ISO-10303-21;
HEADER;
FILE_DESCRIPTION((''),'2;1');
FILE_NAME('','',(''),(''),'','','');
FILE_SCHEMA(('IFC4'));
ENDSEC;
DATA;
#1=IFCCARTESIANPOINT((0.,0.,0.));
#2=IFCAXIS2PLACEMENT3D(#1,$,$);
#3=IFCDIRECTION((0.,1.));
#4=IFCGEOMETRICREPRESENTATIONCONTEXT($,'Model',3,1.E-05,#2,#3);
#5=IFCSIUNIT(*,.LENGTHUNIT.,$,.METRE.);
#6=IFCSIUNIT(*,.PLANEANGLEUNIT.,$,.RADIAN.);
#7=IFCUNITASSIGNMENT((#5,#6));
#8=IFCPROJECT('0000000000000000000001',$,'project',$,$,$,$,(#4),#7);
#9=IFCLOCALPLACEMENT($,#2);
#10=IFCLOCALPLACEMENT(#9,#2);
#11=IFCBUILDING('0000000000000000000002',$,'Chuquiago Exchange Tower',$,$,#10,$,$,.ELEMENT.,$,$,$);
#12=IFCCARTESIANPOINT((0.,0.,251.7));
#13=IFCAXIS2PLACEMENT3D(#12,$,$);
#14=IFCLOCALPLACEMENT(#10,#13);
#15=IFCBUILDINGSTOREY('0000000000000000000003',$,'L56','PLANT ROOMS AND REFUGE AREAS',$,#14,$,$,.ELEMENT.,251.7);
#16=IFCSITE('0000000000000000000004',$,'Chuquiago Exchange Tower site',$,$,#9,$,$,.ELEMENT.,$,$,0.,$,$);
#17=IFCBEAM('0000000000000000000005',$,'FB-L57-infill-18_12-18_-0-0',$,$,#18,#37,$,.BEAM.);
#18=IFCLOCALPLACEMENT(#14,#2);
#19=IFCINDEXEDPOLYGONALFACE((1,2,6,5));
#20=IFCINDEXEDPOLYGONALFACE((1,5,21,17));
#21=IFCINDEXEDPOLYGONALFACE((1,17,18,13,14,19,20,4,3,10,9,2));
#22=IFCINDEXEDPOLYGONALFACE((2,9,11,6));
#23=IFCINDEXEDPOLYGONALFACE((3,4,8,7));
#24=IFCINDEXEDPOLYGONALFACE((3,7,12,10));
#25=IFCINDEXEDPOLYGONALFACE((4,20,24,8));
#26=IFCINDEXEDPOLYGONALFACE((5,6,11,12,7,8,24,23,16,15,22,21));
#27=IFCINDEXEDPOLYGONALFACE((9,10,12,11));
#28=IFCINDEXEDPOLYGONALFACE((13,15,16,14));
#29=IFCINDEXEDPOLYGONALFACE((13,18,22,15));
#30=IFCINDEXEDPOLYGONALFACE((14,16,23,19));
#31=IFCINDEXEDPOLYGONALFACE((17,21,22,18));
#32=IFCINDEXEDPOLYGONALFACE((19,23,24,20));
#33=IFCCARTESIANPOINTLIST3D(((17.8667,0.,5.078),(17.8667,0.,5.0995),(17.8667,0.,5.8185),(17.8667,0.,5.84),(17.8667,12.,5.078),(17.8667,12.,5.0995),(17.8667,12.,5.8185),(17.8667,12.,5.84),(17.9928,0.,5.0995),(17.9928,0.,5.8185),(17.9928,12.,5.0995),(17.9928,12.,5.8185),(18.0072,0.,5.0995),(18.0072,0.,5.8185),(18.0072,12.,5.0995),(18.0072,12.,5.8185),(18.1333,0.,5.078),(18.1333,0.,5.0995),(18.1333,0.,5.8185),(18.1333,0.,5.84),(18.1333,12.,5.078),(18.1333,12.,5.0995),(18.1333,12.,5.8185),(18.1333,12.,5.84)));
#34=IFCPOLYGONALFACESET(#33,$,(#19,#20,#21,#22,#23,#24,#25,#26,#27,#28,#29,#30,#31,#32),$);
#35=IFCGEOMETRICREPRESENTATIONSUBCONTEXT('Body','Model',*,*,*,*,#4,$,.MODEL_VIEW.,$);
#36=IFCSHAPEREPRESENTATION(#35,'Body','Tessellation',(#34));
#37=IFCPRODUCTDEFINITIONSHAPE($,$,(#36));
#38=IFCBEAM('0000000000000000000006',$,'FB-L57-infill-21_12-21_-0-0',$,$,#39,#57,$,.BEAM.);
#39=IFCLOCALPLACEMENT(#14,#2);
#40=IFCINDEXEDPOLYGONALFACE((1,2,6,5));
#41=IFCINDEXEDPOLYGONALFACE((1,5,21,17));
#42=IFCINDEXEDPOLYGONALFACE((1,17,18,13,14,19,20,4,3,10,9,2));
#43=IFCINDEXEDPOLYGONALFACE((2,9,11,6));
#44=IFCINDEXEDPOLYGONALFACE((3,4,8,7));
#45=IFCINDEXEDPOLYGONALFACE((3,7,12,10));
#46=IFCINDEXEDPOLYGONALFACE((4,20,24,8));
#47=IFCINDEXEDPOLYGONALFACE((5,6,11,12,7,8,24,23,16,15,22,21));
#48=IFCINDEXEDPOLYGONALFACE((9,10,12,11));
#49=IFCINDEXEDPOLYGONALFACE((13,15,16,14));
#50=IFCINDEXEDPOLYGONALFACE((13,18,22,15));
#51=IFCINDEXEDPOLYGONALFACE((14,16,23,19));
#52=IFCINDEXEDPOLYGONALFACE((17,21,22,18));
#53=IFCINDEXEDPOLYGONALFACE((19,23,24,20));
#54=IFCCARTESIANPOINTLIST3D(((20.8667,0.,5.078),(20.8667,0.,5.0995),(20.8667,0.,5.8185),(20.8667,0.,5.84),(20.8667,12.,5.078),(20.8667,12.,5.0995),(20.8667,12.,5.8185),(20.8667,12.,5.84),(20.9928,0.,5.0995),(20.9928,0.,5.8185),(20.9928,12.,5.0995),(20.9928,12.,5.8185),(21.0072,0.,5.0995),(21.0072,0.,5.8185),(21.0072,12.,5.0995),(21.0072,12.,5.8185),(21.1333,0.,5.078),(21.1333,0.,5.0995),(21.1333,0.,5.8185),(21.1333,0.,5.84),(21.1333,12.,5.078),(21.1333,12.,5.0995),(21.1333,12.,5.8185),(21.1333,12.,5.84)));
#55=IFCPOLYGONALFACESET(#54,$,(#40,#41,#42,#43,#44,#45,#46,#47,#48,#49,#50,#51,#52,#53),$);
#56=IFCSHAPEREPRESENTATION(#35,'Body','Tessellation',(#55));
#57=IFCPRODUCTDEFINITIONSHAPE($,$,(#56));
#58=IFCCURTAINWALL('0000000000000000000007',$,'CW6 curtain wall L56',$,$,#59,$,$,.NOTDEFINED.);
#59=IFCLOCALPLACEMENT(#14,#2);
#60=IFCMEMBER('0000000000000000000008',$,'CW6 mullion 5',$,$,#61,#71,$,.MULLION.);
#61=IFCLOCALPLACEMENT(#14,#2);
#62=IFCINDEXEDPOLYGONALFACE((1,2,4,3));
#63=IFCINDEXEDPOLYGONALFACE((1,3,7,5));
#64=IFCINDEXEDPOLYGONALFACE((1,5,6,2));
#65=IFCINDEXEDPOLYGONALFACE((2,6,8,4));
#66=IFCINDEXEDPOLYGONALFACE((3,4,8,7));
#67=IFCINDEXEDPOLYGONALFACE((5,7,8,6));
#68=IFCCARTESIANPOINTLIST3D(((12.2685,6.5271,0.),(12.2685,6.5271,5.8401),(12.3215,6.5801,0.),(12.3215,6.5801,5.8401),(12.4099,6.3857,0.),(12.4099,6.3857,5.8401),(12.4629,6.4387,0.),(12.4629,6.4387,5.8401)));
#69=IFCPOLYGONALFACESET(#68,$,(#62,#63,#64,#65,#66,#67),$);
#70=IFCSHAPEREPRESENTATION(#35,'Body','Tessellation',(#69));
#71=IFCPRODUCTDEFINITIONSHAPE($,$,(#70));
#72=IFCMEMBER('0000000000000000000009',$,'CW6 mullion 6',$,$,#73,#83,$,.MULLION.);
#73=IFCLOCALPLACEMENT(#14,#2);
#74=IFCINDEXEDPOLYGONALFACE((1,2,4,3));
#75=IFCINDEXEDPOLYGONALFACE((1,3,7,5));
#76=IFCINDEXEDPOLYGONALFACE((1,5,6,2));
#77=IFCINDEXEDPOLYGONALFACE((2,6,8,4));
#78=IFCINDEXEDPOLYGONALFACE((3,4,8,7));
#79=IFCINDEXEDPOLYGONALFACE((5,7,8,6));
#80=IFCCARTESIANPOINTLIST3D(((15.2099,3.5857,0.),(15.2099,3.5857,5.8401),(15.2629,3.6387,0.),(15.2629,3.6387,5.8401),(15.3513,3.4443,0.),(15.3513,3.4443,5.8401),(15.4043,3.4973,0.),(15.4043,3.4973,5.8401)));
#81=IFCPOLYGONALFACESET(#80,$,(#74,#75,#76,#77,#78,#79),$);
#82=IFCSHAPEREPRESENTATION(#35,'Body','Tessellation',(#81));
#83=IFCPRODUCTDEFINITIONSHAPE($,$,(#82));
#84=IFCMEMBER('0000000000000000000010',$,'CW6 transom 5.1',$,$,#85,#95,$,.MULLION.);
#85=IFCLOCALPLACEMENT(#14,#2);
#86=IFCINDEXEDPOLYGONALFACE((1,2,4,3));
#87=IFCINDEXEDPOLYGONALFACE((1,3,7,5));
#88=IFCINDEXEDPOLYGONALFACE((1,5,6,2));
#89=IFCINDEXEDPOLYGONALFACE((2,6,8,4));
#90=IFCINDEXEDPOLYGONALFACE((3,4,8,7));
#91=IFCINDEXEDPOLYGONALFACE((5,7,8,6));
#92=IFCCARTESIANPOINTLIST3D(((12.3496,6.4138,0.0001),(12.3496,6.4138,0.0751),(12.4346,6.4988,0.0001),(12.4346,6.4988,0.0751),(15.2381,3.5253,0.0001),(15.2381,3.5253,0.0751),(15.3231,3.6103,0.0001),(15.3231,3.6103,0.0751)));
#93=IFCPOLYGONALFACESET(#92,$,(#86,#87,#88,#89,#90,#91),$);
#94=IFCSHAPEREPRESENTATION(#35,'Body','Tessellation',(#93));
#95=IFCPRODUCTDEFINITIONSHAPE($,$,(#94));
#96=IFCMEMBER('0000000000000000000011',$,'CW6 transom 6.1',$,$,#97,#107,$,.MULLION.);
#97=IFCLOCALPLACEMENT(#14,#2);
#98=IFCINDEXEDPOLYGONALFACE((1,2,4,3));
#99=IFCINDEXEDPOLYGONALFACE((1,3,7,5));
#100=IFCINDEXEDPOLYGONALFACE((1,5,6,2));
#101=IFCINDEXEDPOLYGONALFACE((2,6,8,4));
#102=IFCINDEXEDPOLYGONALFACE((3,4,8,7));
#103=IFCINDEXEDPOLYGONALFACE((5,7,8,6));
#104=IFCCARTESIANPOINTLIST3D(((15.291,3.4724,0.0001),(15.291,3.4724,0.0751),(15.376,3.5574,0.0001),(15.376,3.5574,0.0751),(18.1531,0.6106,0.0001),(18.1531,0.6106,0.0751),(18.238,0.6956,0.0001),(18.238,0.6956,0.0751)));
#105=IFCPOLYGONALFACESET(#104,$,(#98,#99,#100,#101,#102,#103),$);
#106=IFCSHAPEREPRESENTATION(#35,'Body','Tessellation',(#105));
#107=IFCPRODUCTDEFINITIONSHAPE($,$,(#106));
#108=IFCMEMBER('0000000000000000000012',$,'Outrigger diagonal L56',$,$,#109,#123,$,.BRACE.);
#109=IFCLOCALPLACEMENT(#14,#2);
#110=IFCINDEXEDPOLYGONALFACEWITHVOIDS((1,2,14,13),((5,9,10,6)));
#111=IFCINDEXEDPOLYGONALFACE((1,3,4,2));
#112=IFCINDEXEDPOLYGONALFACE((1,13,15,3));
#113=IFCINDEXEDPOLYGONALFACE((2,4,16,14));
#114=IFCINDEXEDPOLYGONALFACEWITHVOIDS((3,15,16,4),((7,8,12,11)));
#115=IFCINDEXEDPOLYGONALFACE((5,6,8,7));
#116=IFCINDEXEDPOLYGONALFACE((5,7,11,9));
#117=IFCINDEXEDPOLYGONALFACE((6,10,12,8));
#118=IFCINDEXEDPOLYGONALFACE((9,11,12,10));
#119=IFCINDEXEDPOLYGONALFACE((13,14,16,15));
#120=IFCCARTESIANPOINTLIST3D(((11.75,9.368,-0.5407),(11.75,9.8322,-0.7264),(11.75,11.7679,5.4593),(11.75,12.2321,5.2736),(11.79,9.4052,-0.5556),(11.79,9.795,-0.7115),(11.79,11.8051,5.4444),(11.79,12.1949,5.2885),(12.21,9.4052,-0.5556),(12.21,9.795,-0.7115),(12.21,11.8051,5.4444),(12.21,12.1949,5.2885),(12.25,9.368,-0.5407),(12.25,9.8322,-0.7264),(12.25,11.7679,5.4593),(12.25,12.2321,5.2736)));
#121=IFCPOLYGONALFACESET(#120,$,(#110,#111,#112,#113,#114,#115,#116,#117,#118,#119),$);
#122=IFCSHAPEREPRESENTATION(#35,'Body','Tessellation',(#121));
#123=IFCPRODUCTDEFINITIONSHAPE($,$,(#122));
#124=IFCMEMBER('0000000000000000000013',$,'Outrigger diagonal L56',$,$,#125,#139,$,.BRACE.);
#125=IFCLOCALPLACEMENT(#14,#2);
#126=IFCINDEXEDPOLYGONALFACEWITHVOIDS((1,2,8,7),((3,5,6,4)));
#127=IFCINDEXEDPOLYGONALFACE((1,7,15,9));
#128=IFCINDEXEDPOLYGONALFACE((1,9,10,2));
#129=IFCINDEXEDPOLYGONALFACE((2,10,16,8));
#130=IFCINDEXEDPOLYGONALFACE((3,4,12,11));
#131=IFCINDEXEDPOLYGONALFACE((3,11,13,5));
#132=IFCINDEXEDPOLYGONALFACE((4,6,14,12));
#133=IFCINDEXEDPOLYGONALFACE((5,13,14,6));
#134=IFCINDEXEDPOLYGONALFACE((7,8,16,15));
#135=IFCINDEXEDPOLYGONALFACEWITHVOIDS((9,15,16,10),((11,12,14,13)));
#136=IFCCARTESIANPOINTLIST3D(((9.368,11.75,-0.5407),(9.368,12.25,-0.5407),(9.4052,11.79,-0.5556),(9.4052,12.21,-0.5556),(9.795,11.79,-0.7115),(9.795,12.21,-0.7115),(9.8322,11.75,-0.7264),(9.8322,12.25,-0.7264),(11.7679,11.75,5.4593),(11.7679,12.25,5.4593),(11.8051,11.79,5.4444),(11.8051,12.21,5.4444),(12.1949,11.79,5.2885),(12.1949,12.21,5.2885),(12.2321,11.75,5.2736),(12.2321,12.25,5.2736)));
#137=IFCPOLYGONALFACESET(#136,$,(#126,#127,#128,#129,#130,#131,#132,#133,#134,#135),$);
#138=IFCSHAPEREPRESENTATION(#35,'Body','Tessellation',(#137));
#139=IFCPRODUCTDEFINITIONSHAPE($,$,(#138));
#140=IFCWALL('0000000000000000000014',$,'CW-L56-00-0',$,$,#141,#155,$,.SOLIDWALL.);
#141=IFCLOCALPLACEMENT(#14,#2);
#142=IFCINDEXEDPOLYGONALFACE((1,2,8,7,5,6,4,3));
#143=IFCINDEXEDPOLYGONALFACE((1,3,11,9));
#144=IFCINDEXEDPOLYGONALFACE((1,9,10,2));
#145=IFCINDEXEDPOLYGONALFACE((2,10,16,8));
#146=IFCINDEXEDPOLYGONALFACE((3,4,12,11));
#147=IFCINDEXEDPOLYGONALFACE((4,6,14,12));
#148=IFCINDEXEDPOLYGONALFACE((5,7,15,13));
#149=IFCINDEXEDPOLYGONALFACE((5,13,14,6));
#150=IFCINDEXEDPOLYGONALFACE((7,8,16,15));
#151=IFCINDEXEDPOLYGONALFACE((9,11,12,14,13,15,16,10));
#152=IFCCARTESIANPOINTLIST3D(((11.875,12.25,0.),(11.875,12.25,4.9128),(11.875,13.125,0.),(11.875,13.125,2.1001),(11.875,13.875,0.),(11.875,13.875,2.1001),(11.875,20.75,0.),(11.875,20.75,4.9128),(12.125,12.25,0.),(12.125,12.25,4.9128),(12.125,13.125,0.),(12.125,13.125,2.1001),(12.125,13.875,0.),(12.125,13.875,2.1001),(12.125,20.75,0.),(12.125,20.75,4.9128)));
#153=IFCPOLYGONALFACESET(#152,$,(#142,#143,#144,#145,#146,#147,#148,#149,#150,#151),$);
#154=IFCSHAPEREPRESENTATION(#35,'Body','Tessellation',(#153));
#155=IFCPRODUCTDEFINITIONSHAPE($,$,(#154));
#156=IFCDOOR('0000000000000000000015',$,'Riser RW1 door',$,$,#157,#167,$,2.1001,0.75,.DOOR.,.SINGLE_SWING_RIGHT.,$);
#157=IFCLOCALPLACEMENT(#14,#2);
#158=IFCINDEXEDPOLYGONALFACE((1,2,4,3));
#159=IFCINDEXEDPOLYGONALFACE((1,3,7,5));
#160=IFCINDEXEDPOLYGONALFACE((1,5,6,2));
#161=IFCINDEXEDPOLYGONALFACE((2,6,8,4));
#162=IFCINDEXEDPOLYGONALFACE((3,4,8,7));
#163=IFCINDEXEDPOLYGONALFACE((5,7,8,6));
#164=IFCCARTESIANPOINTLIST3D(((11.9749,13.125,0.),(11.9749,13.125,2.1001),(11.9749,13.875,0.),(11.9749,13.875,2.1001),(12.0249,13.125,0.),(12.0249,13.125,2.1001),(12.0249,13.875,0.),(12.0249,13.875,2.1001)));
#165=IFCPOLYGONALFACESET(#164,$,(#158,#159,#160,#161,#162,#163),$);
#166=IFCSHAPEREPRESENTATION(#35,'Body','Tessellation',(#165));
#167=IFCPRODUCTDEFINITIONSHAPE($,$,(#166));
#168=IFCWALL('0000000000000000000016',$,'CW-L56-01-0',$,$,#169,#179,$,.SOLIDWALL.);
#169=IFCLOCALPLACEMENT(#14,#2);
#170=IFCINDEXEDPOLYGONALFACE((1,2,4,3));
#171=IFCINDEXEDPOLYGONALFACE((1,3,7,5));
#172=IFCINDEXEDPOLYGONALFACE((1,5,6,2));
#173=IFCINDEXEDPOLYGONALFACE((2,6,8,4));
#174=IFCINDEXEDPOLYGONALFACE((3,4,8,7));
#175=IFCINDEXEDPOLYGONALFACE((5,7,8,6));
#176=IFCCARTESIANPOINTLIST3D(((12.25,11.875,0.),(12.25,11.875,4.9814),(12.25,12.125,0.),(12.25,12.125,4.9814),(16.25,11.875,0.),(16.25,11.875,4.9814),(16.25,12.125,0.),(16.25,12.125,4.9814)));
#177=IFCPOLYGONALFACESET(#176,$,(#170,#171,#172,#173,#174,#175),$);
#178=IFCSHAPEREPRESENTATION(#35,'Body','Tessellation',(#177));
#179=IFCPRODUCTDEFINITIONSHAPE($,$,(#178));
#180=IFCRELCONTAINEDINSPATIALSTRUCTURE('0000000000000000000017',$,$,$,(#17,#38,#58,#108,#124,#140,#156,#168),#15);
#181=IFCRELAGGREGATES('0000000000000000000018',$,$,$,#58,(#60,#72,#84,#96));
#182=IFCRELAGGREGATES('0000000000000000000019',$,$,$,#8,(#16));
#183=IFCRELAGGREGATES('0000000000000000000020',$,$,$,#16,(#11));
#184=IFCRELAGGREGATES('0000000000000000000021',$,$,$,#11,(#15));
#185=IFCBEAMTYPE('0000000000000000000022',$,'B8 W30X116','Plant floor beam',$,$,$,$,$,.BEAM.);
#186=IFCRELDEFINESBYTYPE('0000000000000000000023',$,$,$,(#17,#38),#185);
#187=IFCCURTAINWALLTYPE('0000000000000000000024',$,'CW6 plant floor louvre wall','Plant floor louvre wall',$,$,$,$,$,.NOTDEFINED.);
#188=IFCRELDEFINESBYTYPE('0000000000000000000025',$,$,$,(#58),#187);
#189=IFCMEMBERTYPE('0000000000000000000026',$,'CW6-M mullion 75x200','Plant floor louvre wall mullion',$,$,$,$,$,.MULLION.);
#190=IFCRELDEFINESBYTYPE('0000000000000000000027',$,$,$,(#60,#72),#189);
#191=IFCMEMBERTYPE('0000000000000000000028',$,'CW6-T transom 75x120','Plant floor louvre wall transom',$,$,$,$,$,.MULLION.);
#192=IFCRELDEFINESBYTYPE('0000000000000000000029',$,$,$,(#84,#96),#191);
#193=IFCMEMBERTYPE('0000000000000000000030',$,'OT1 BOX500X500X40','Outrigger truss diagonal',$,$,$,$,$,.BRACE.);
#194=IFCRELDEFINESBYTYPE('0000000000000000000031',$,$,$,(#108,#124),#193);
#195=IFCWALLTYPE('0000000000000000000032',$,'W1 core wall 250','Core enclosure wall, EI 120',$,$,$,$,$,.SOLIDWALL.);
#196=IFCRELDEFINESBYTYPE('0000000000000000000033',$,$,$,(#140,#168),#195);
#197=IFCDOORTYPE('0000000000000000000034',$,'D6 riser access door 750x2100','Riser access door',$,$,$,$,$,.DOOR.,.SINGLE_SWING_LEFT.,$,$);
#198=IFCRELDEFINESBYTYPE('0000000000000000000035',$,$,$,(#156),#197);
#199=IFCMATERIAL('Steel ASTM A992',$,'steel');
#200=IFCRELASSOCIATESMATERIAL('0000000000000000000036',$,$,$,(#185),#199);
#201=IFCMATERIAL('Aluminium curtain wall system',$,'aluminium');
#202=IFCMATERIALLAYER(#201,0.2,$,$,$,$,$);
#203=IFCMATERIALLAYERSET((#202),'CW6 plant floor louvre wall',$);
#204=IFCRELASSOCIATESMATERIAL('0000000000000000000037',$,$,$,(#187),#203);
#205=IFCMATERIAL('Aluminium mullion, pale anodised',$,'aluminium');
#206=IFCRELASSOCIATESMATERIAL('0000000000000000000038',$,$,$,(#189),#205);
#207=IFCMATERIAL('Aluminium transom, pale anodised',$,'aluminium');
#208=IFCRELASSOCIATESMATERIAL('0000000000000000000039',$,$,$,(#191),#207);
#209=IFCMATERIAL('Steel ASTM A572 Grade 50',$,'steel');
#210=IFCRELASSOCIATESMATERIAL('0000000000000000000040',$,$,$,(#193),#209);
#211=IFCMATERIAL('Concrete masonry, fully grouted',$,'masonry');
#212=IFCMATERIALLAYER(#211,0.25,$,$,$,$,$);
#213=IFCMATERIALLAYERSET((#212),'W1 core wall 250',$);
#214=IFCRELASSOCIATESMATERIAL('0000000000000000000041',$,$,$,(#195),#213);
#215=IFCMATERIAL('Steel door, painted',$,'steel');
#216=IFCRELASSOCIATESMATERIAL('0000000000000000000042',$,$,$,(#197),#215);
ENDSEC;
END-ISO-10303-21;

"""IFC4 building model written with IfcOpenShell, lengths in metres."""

from ifc_helpers import new_model, si_unit, direction, frame, frame_2d, origin, origin_2d, place, context, subcontext, project, spatial, rectangle, hollow_rectangle, i_section, extrude, material, layer, layer_set, material_profile, profile_set, type_object, element, fill, aggregate, save


model = new_model("IFC4")

# Units and contexts
model_context = context("Model", 3, precision=1e-05, world=origin(), true_north=direction((0.0, 1.0)))
body_context = subcontext(model_context, "Body", "Model", "MODEL_VIEW")
ifc_project = project(units=[si_unit("LENGTHUNIT", "METRE"), si_unit("PLANEANGLEUNIT", "RADIAN")], contexts=[model_context])

# Site, building, storey
site_placement = place(None, origin())
site = spatial("IfcSite", under=ifc_project, at=site_placement, Name="Chuquiago Exchange Tower site", CompositionType="ELEMENT", RefElevation=0.0)
building_placement = place(site_placement, origin())
building = spatial("IfcBuilding", under=site, at=building_placement, Name="Chuquiago Exchange Tower", CompositionType="ELEMENT")
storey_placement = place(building_placement, frame((0.0, 0.0, 251.7)))
storey = spatial("IfcBuildingStorey", under=building, at=storey_placement, Name="L56", Description="PLANT ROOMS AND REFUGE AREAS", CompositionType="ELEMENT", Elevation=251.7)

# Beams
ifc_material_1 = material(Name="Steel ASTM A992", Category="steel")
ifc_material_profile_1 = material_profile(ifc_material_1, i_section(OverallWidth=0.2666, OverallDepth=0.762, WebThickness=0.0144, FlangeThickness=0.0215, at=origin_2d()), Name="W30X116")
ifc_profile_set_1 = profile_set([ifc_material_profile_1], Name="Steel ASTM A992")
beam_type_1 = type_object("IfcBeamType", Name="B8 W30X116", Description="Plant floor beam", PredefinedType="BEAM", material=ifc_profile_set_1)
for number, where, z_axis, x_axis, name in (
    (1, (18.0, 12.0, 5.459), (0.0, -1.0, 0.0), (1.0, 0.0, 0.0), "FB-L57-infill-18_12-18_-0-0"),
    (2, (21.0, 12.0, 5.459), (0.0, -1.0, 0.0), (1.0, 0.0, 0.0), "FB-L57-infill-21_12-21_-0-0"),
):
    element("IfcBeam", number, at=place(storey_placement, frame(where, z_axis=z_axis, x_axis=x_axis)), inside=storey, type_object=beam_type_1, Name=name, PredefinedType="BEAM", context=body_context, shape_type="SweptSolid", body=[
        extrude(i_section(OverallWidth=0.2666, OverallDepth=0.762, WebThickness=0.0144, FlangeThickness=0.0215, at=origin_2d()), origin(), (0.0, 0.0, 1.0), 12.0),
    ])

# Curtain wall, members
ifc_material_2 = material(Name="Aluminium curtain wall system", Category="aluminium")
ifc_layer_1 = layer(ifc_material_2, 0.2)
ifc_layer_set_1 = layer_set([ifc_layer_1], Name="CW6 plant floor louvre wall")
curtain_wall_type = type_object("IfcCurtainWallType", Name="CW6 plant floor louvre wall", Description="Plant floor louvre wall", PredefinedType="NOTDEFINED", material=ifc_layer_set_1)
curtain_wall_placement = place(storey_placement, origin())
curtain_wall = element("IfcCurtainWall", 3, at=curtain_wall_placement, inside=storey, type_object=curtain_wall_type, Name="CW6 curtain wall L56", PredefinedType="NOTDEFINED")
ifc_material_3 = material(Name="Aluminium mullion, pale anodised", Category="aluminium")
ifc_material_profile_2 = material_profile(ifc_material_3, rectangle(XDim=0.075, YDim=0.2, at=origin_2d()), Name="AL 75x200")
ifc_profile_set_2 = profile_set([ifc_material_profile_2], Name="Aluminium mullion, pale anodised")
member_type_1 = type_object("IfcMemberType", Name="CW6-M mullion 75x200", Description="Plant floor louvre wall mullion", PredefinedType="MULLION", material=ifc_profile_set_2)
member_1_placement = place(storey_placement, frame((12.3657, 6.4829, 0.0), z_axis=(0.0, 0.0, 1.0), x_axis=(0.707107, 0.707107, 0.0)))
member_1 = element("IfcMember", 4, at=member_1_placement, type_object=member_type_1, Name="CW6 mullion 5", PredefinedType="MULLION", context=body_context, shape_type="SweptSolid", body=[
    extrude(rectangle(XDim=0.075, YDim=0.2, at=origin_2d()), origin(), (0.0, 0.0, 1.0), 5.8401),
])
member_2_placement = place(storey_placement, frame((15.3071, 3.5415, 0.0), z_axis=(0.0, 0.0, 1.0), x_axis=(0.707107, 0.707107, 0.0)))
member_2 = element("IfcMember", 5, at=member_2_placement, type_object=member_type_1, Name="CW6 mullion 6", PredefinedType="MULLION", context=body_context, shape_type="SweptSolid", body=[
    extrude(rectangle(XDim=0.075, YDim=0.2, at=origin_2d()), origin(), (0.0, 0.0, 1.0), 5.8401),
])
ifc_material_4 = material(Name="Aluminium transom, pale anodised", Category="aluminium")
ifc_material_profile_3 = material_profile(ifc_material_4, rectangle(XDim=0.1201, YDim=0.075, at=origin_2d()), Name="AL 120x75")
ifc_profile_set_3 = profile_set([ifc_material_profile_3], Name="Aluminium transom, pale anodised")
member_type_2 = type_object("IfcMemberType", Name="CW6-T transom 75x120", Description="Plant floor louvre wall transom", PredefinedType="MULLION", material=ifc_profile_set_3)
member_3_placement = place(storey_placement, frame((12.3921, 6.4563, 0.0376), z_axis=(0.707107, -0.707107, 0.0), x_axis=(0.707107, 0.707107, 0.0)))
member_3 = element("IfcMember", 6, at=member_3_placement, type_object=member_type_2, Name="CW6 transom 5.1", PredefinedType="MULLION", context=body_context, shape_type="SweptSolid", body=[
    extrude(rectangle(XDim=0.1201, YDim=0.075, at=origin_2d()), origin(), (0.0, 0.0, 1.0), 4.085),
])
member_4_placement = place(storey_placement, frame((15.3335, 3.5149, 0.0376), z_axis=(0.707137, -0.707077, 0.0), x_axis=(0.707077, 0.707137, 0.0)))
member_4 = element("IfcMember", 7, at=member_4_placement, type_object=member_type_2, Name="CW6 transom 6.1", PredefinedType="MULLION", context=body_context, shape_type="SweptSolid", body=[
    extrude(rectangle(XDim=0.1201, YDim=0.075, at=origin_2d()), origin(), (0.0, 0.0, 1.0), 4.0474),
])

# Members
ifc_material_5 = material(Name="Steel ASTM A572 Grade 50", Category="steel")
ifc_material_profile_4 = material_profile(ifc_material_5, hollow_rectangle(XDim=0.5, YDim=0.5, WallThickness=0.04, at=origin_2d()), Name="BOX500X500X40")
ifc_profile_set_4 = profile_set([ifc_material_profile_4], Name="Steel ASTM A572 Grade 50")
member_type_3 = type_object("IfcMemberType", Name="OT1 BOX500X500X40", Description="Outrigger truss diagonal", PredefinedType="BRACE", material=ifc_profile_set_4)
for number, where, z_axis, x_axis, name in (
    (8, (12.0, 12.0, 5.3665), (0.0, -0.371378, -0.928482), (1.0, 0.0, 0.0), "Outrigger diagonal L56"),
    (9, (12.0, 12.0, 5.3665), (-0.371378, 0.0, -0.928482), (0.0, -1.0, 0.0), "Outrigger diagonal L56"),
):
    element("IfcMember", number, at=place(storey_placement, frame(where, z_axis=z_axis, x_axis=x_axis)), inside=storey, type_object=member_type_3, Name=name, PredefinedType="BRACE", context=body_context, shape_type="SweptSolid", body=[
        extrude(hollow_rectangle(XDim=0.5, YDim=0.5, WallThickness=0.04, at=origin_2d()), origin(), (0.0, 0.0, 1.0), 6.4622),
    ])

# Wall, opening, door
ifc_material_6 = material(Name="Concrete masonry, fully grouted", Category="masonry")
ifc_layer_2 = layer(ifc_material_6, 0.25)
ifc_layer_set_2 = layer_set([ifc_layer_2], Name="W1 core wall 250")
wall_type = type_object("IfcWallType", Name="W1 core wall 250", Description="Core enclosure wall, EI 120", PredefinedType="SOLIDWALL", material=ifc_layer_set_2)
wall_1_placement = place(storey_placement, frame((12.0, 12.25, 0.0), z_axis=(0.0, 0.0, 1.0), x_axis=(0.0, 1.0, 0.0)))
wall_1 = element("IfcWall", 10, at=wall_1_placement, inside=storey, type_object=wall_type, Name="CW-L56-00-0", PredefinedType="SOLIDWALL", context=body_context, shape_type="SweptSolid", body=[
    extrude(rectangle(XDim=8.5, YDim=0.25, at=frame_2d((4.25, 0.0))), origin(), (0.0, 0.0, 1.0), 4.9128),
])
opening_1_placement = place(wall_1_placement, frame((0.875, 0.0, 0.0)))
opening_1 = element("IfcOpeningElement", 11, at=opening_1_placement, cuts=wall_1, PredefinedType="OPENING", context=body_context, shape_type="SweptSolid", body=[
    extrude(rectangle(XDim=0.75, YDim=2.1001, at=frame_2d((0.375, 1.05))), frame((0.0, 0.135, 0.0), z_axis=(0.0, -1.0, 0.0), x_axis=(1.0, 0.0, 0.0)), (0.0, 0.0, 1.0), 0.27),
])
ifc_material_7 = material(Name="Steel door, painted", Category="steel")
door_type_1 = type_object("IfcDoorType", Name="D6 riser access door 750x2100", Description="Riser access door", OperationType="SINGLE_SWING_LEFT", PredefinedType="DOOR", material=ifc_material_7)
door_1_placement = place(opening_1_placement, frame((0.75, 0.0, 0.0), z_axis=(0.0, 0.0, 1.0), x_axis=(-1.0, 0.0, 0.0)))
door_1 = element("IfcDoor", 12, at=door_1_placement, inside=storey, type_object=door_type_1, Name="Riser RW1 door", OperationType="SINGLE_SWING_RIGHT", OverallHeight=2.1001, OverallWidth=0.75, PredefinedType="DOOR", context=body_context, shape_type="SweptSolid", body=[
    extrude(rectangle(XDim=0.75, YDim=2.1001, at=frame_2d((0.375, 1.05))), frame((0.0, 0.0249, 0.0), z_axis=(0.0, -1.0, 0.0), x_axis=(1.0, 0.0, 0.0)), (0.0, 0.0, 1.0), 0.05),
])
fill(opening_1, door_1)

# Wall
wall_2_placement = place(storey_placement, frame((12.25, 12.0, 0.0), z_axis=(0.0, 0.0, 1.0), x_axis=(1.0, 0.0, 0.0)))
element("IfcWall", 13, at=wall_2_placement, inside=storey, type_object=wall_type, Name="CW-L56-01-0", PredefinedType="SOLIDWALL", context=body_context, shape_type="SweptSolid", body=[
    extrude(rectangle(XDim=4.0, YDim=0.25, at=frame_2d((2.0, 0.0))), origin(), (0.0, 0.0, 1.0), 4.9814),
])

aggregate(curtain_wall, [member_1, member_2, member_3, member_4])

save(model, "model.ifc")
